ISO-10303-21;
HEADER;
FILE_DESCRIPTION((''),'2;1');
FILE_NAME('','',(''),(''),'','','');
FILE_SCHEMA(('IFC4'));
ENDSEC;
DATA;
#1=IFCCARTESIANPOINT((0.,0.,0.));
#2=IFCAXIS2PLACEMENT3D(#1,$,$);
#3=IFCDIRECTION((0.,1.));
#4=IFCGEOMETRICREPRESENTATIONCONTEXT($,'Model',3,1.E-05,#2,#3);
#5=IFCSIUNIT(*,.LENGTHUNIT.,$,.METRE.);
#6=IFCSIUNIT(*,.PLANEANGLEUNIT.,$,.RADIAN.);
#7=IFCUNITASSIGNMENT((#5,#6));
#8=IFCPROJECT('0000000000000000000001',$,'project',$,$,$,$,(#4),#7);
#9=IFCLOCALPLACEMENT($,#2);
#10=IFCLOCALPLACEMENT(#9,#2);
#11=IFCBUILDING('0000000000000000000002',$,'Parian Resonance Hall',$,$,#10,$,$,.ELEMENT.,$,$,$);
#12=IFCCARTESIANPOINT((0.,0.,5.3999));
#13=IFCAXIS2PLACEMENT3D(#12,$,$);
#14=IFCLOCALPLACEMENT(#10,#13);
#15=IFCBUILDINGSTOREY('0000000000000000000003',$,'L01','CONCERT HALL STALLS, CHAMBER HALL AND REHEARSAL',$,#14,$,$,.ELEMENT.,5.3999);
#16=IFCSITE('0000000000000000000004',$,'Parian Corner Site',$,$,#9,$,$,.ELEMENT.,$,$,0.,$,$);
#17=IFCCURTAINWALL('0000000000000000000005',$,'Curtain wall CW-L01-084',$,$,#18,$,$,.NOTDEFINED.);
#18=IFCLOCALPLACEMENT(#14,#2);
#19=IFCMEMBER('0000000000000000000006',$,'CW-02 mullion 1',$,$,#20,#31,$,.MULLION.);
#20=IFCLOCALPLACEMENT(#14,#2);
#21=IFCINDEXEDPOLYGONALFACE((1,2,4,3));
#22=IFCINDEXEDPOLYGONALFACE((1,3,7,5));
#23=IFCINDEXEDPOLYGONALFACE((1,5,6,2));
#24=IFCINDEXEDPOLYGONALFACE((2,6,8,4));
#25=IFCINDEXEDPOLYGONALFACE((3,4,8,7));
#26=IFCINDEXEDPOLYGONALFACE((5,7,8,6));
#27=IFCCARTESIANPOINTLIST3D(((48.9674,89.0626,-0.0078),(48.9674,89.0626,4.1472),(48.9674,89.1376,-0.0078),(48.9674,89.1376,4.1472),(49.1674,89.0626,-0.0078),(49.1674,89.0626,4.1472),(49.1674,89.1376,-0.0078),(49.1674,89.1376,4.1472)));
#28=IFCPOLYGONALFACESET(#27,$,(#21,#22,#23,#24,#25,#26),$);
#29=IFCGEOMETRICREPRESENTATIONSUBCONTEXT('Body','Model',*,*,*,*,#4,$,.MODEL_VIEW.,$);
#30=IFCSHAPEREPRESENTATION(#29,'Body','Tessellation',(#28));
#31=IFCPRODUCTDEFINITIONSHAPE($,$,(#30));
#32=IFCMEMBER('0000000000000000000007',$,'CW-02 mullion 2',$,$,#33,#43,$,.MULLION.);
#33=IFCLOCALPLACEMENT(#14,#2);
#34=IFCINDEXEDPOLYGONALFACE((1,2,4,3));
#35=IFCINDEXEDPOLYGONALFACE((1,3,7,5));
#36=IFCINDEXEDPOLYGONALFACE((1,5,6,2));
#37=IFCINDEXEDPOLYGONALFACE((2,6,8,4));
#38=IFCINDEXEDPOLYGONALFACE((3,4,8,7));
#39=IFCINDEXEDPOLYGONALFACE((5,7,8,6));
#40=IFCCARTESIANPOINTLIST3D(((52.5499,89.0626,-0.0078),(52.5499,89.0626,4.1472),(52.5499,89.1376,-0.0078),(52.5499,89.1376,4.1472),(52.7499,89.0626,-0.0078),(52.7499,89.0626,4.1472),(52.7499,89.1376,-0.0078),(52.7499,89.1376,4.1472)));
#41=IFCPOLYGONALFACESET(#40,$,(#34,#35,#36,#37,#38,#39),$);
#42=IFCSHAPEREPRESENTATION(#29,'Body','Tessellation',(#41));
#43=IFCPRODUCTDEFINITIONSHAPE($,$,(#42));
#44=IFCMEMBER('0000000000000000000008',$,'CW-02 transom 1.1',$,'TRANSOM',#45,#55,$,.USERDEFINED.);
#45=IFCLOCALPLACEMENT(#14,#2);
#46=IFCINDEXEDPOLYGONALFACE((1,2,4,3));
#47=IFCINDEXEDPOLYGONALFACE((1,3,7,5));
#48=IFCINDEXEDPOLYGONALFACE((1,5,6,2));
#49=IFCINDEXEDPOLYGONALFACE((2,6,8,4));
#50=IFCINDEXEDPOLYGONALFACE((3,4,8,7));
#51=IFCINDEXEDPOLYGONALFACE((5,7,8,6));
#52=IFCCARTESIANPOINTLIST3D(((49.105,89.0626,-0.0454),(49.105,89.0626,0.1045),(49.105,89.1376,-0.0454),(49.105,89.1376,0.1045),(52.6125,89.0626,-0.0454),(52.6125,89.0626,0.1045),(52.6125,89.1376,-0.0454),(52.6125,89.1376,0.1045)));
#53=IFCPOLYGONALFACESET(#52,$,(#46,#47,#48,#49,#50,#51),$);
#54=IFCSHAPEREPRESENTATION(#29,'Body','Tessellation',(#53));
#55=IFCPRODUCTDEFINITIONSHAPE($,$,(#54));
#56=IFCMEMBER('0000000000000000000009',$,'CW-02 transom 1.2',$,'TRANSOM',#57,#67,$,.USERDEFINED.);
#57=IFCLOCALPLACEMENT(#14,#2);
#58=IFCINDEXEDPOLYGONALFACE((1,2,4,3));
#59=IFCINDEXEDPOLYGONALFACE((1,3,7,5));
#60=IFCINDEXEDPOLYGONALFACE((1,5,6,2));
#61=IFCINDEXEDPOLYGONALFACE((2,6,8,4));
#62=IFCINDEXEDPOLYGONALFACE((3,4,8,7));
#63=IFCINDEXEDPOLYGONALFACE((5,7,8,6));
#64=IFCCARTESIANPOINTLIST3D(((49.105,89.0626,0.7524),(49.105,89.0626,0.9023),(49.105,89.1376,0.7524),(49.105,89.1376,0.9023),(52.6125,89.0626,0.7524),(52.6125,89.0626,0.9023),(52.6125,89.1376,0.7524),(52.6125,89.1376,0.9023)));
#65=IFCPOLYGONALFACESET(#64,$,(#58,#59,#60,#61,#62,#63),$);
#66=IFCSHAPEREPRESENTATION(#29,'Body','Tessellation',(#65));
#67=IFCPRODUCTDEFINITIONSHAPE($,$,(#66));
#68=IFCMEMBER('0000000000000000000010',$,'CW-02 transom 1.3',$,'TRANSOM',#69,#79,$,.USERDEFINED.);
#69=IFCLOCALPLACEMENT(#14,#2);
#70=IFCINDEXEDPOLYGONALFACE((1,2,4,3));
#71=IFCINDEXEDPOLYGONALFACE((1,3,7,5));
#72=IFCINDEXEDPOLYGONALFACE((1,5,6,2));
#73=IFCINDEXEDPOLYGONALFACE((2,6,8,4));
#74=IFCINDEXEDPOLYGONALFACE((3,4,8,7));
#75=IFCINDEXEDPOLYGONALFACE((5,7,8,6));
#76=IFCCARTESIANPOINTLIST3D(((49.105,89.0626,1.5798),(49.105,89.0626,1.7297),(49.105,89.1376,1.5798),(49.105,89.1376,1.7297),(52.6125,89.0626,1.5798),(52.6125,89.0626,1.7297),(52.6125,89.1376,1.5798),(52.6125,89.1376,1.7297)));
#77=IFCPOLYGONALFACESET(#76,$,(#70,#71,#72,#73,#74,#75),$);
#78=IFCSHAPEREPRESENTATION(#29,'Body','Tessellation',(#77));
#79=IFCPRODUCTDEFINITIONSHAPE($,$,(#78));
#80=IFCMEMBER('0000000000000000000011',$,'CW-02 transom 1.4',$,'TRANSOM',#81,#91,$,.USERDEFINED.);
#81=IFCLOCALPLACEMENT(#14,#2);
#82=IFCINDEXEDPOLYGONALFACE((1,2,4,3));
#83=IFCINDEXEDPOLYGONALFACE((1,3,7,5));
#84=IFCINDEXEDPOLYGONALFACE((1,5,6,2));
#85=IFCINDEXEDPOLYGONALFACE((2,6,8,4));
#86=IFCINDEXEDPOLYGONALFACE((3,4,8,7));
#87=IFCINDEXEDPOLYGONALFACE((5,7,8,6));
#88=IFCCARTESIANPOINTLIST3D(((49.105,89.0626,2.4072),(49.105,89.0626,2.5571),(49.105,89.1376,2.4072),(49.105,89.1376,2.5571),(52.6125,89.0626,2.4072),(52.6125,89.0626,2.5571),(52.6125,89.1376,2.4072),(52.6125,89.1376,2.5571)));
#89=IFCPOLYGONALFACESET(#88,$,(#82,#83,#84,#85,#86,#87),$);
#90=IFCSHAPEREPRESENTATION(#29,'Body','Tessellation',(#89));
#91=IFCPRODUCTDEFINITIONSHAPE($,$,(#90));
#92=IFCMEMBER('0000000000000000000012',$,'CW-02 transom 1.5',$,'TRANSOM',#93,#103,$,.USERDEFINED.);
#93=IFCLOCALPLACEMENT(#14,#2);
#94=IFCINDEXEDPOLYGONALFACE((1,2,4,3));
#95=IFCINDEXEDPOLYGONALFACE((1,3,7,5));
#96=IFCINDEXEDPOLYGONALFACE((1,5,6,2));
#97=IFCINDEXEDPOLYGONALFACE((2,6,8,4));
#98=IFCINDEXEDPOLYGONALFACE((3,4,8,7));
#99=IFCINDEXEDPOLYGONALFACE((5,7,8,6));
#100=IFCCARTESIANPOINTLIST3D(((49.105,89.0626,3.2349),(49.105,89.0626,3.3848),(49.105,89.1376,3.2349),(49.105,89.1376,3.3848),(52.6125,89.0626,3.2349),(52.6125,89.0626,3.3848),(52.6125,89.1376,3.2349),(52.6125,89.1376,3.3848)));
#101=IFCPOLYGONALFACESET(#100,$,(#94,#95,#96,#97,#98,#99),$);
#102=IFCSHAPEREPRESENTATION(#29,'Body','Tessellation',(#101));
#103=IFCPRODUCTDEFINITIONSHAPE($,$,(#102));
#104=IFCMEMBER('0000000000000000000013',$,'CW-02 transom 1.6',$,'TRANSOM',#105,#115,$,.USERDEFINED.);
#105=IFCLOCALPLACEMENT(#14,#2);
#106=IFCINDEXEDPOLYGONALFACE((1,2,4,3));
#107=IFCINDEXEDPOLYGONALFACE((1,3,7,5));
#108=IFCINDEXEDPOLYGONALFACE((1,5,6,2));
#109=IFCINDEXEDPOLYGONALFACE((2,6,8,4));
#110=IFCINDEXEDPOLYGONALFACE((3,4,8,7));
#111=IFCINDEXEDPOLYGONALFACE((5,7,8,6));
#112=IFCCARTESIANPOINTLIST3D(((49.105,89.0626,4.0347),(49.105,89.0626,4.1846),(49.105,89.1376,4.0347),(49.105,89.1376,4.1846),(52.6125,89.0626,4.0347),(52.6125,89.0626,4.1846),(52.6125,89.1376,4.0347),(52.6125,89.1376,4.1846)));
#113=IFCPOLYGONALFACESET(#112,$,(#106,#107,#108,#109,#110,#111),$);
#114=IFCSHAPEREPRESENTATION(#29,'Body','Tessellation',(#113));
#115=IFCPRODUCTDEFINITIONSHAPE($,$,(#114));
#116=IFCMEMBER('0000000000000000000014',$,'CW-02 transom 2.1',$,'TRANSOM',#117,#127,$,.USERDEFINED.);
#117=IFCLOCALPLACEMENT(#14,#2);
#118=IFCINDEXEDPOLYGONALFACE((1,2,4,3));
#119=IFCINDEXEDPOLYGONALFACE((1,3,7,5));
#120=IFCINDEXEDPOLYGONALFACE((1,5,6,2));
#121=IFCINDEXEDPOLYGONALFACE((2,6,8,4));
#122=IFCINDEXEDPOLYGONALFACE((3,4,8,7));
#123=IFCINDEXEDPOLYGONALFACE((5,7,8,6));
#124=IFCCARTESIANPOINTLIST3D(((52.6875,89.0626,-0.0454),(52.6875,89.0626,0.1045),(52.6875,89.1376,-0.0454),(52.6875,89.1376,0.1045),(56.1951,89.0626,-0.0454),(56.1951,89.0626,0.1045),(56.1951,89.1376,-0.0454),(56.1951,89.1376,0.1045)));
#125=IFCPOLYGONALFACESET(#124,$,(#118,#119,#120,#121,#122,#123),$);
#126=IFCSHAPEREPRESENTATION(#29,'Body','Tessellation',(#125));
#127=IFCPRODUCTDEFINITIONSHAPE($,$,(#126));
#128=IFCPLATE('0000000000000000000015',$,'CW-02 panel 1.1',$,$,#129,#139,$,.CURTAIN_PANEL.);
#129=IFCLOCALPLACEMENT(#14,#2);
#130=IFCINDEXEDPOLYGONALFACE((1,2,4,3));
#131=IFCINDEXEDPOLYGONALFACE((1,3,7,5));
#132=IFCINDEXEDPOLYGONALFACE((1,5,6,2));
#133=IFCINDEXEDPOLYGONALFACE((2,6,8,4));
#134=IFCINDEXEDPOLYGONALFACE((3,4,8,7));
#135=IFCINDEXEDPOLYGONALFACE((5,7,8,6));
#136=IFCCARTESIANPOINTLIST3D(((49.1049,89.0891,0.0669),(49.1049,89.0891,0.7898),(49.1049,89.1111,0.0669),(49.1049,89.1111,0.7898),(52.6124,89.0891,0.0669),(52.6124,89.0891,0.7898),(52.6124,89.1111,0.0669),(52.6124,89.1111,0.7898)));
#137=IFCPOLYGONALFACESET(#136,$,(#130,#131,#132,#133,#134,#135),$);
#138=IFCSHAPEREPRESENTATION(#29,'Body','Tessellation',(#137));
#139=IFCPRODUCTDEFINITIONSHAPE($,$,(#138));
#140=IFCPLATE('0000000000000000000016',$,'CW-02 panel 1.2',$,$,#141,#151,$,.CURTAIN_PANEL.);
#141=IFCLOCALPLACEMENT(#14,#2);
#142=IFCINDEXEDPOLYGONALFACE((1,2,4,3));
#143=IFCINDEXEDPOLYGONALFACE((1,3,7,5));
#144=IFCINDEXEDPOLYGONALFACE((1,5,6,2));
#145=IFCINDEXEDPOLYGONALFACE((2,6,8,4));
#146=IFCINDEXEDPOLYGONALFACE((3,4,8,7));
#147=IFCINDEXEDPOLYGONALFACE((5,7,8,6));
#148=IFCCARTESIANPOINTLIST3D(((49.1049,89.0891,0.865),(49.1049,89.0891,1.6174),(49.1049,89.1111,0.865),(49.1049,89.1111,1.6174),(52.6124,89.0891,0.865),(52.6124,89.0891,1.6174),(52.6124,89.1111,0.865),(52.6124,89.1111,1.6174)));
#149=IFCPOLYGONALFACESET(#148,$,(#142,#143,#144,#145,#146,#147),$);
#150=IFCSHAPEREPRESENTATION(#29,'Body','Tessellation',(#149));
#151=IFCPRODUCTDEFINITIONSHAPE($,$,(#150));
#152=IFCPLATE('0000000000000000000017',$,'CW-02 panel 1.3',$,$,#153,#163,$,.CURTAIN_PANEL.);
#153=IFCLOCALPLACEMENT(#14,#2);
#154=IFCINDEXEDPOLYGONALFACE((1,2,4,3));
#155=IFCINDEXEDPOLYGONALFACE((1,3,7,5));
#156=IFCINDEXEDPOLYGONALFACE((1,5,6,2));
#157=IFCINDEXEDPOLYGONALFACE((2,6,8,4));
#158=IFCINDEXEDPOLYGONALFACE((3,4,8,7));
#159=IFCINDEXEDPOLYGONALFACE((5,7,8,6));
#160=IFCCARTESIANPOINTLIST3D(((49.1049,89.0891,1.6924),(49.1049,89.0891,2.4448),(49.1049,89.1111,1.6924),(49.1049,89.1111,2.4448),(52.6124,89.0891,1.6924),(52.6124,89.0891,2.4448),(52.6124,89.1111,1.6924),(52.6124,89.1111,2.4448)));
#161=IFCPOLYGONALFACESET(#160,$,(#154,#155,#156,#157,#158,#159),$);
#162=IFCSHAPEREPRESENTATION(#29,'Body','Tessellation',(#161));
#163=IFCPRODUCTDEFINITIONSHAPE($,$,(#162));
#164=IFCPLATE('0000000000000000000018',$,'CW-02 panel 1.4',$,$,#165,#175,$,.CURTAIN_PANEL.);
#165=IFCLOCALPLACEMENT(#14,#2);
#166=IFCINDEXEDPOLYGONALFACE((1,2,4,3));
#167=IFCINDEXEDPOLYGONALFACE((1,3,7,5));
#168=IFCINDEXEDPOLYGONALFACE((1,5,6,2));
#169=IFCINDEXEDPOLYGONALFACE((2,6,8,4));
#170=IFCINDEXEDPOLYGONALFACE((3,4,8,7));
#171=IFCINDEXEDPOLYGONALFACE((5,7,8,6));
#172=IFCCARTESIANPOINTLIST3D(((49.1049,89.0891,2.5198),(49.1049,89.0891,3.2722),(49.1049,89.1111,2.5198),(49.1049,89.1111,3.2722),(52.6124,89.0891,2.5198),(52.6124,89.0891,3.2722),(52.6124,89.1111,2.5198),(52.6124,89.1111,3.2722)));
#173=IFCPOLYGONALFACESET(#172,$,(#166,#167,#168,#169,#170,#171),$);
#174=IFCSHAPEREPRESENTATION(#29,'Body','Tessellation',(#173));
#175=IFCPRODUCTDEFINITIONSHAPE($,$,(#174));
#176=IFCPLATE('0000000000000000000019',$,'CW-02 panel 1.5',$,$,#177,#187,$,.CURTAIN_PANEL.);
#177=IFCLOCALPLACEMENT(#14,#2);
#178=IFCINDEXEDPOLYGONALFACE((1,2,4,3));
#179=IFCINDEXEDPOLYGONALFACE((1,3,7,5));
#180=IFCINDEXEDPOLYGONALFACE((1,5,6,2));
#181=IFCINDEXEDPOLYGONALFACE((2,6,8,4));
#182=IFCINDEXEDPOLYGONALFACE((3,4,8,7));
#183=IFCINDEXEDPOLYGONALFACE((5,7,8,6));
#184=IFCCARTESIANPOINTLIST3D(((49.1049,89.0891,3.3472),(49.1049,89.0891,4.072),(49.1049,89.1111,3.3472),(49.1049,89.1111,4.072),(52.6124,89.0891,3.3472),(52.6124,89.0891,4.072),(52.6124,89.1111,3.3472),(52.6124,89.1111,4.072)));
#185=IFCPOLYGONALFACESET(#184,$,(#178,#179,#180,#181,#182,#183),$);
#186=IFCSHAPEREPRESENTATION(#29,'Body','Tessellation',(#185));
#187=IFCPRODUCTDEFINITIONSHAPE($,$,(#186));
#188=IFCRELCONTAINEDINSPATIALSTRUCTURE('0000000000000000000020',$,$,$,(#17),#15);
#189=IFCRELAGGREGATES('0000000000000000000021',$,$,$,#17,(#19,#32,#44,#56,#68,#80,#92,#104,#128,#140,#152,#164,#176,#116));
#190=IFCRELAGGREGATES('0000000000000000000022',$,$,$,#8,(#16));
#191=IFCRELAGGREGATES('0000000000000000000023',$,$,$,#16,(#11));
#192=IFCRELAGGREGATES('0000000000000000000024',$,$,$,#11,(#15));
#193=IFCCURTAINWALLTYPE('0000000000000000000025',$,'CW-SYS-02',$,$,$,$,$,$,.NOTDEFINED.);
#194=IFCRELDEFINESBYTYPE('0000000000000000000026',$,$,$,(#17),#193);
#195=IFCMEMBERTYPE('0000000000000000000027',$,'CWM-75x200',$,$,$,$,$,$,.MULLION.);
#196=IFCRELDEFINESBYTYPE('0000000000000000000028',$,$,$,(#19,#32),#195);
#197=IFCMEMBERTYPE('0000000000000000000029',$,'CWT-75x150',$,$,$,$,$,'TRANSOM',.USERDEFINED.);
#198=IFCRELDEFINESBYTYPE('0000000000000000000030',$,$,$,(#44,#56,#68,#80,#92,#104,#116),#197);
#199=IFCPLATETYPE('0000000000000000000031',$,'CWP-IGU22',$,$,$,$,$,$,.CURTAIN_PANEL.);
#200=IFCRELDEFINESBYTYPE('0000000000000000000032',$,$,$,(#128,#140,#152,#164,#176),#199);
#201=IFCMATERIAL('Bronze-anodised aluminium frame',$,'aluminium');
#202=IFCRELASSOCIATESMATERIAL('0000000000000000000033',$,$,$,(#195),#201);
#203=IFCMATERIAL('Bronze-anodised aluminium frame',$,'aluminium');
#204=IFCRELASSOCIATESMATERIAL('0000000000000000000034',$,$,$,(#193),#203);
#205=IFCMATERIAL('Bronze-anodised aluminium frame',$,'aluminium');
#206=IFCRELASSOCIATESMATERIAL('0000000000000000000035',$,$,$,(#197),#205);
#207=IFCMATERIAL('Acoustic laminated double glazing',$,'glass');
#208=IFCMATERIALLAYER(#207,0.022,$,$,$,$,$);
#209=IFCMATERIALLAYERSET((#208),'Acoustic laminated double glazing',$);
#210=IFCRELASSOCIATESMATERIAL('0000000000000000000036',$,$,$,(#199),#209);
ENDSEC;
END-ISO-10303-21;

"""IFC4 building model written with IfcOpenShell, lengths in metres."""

from ifc_helpers import new_model, si_unit, direction, frame, origin, origin_2d, place, context, subcontext, project, spatial, rectangle, extrude, material, layer, layer_set, material_profile, profile_set, type_object, element, aggregate, save


model = new_model("IFC4")

# Units and contexts
model_context = context("Model", 3, precision=1e-05, world=origin(), true_north=direction((0.0, 1.0)))
body_context = subcontext(model_context, "Body", "Model", "MODEL_VIEW")
ifc_project = project(units=[si_unit("LENGTHUNIT", "METRE"), si_unit("PLANEANGLEUNIT", "RADIAN")], contexts=[model_context])

# Site, building, storey
site_placement = place(None, origin())
site = spatial("IfcSite", under=ifc_project, at=site_placement, Name="Parian Corner Site", CompositionType="ELEMENT", RefElevation=0.0)
building_placement = place(site_placement, origin())
building = spatial("IfcBuilding", under=site, at=building_placement, Name="Parian Resonance Hall", CompositionType="ELEMENT")
storey_placement = place(building_placement, frame((0.0, 0.0, 5.3999)))
storey = spatial("IfcBuildingStorey", under=building, at=storey_placement, Name="L01", Description="CONCERT HALL STALLS, CHAMBER HALL AND REHEARSAL", CompositionType="ELEMENT", Elevation=5.3999)

# Shared definitions
ifc_material_1 = material(Name="Bronze-anodised aluminium frame", Category="aluminium")
ifc_material_profile_1 = material_profile(ifc_material_1, rectangle(XDim=0.075, YDim=0.2, at=origin_2d()), Name="CWM-75x200")
ifc_profile_set_1 = profile_set([ifc_material_profile_1], Name="Bronze-anodised aluminium frame")
member_type_1 = type_object("IfcMemberType", Name="CWM-75x200", PredefinedType="MULLION", material=ifc_profile_set_1)

# Curtain wall, members, plates
ifc_material_2 = material(Name="Bronze-anodised aluminium frame", Category="aluminium")
curtain_wall_type_1 = type_object("IfcCurtainWallType", Name="CW-SYS-02", PredefinedType="NOTDEFINED", material=ifc_material_2)
curtain_wall_1_placement = place(storey_placement, origin())
curtain_wall_1 = element("IfcCurtainWall", 1, at=curtain_wall_1_placement, inside=storey, type_object=curtain_wall_type_1, Name="Curtain wall CW-L01-084", PredefinedType="NOTDEFINED")
member_1_placement = place(storey_placement, frame((49.0674, 89.1001, -0.0078), z_axis=(0.0, 0.0, 1.0), x_axis=(0.0, 1.0, 0.0)))
member_1 = element("IfcMember", 2, at=member_1_placement, type_object=member_type_1, Name="CW-02 mullion 1", PredefinedType="MULLION", context=body_context, shape_type="SweptSolid", body=[
    extrude(rectangle(XDim=0.075, YDim=0.2, at=origin_2d()), origin(), (0.0, 0.0, 1.0), 4.155),
])
member_2_placement = place(storey_placement, frame((52.6499, 89.1001, -0.0078), z_axis=(0.0, 0.0, 1.0), x_axis=(0.0, 1.0, 0.0)))
member_2 = element("IfcMember", 3, at=member_2_placement, type_object=member_type_1, Name="CW-02 mullion 2", PredefinedType="MULLION", context=body_context, shape_type="SweptSolid", body=[
    extrude(rectangle(XDim=0.075, YDim=0.2, at=origin_2d()), origin(), (0.0, 0.0, 1.0), 4.155),
])
ifc_material_3 = material(Name="Bronze-anodised aluminium frame", Category="aluminium")
ifc_material_profile_2 = material_profile(ifc_material_3, rectangle(XDim=0.075, YDim=0.1499, at=origin_2d()), Name="CWT-75x150")
ifc_profile_set_2 = profile_set([ifc_material_profile_2], Name="Bronze-anodised aluminium frame")
member_type_2 = type_object("IfcMemberType", Name="CWT-75x150", ElementType="TRANSOM", PredefinedType="USERDEFINED", material=ifc_profile_set_2)
member_3_placement = place(storey_placement, frame((49.105, 89.1001, 0.0295), z_axis=(1.0, 0.0, 0.0), x_axis=(0.0, 1.0, 0.0)))
member_3 = element("IfcMember", 4, at=member_3_placement, type_object=member_type_2, Name="CW-02 transom 1.1", ObjectType="TRANSOM", PredefinedType="USERDEFINED", context=body_context, shape_type="SweptSolid", body=[
    extrude(rectangle(XDim=0.075, YDim=0.1499, at=origin_2d()), origin(), (0.0, 0.0, 1.0), 3.5076),
])
member_4_placement = place(storey_placement, frame((49.105, 89.1001, 0.8274), z_axis=(1.0, 0.0, 0.0), x_axis=(0.0, 1.0, 0.0)))
member_4 = element("IfcMember", 5, at=member_4_placement, type_object=member_type_2, Name="CW-02 transom 1.2", ObjectType="TRANSOM", PredefinedType="USERDEFINED", context=body_context, shape_type="SweptSolid", body=[
    extrude(rectangle(XDim=0.075, YDim=0.1499, at=origin_2d()), origin(), (0.0, 0.0, 1.0), 3.5076),
])
member_5_placement = place(storey_placement, frame((49.105, 89.1001, 1.6548), z_axis=(1.0, 0.0, 0.0), x_axis=(0.0, 1.0, 0.0)))
member_5 = element("IfcMember", 6, at=member_5_placement, type_object=member_type_2, Name="CW-02 transom 1.3", ObjectType="TRANSOM", PredefinedType="USERDEFINED", context=body_context, shape_type="SweptSolid", body=[
    extrude(rectangle(XDim=0.075, YDim=0.1499, at=origin_2d()), origin(), (0.0, 0.0, 1.0), 3.5076),
])
member_6_placement = place(storey_placement, frame((49.105, 89.1001, 2.4822), z_axis=(1.0, 0.0, 0.0), x_axis=(0.0, 1.0, 0.0)))
member_6 = element("IfcMember", 7, at=member_6_placement, type_object=member_type_2, Name="CW-02 transom 1.4", ObjectType="TRANSOM", PredefinedType="USERDEFINED", context=body_context, shape_type="SweptSolid", body=[
    extrude(rectangle(XDim=0.075, YDim=0.1499, at=origin_2d()), origin(), (0.0, 0.0, 1.0), 3.5076),
])
member_7_placement = place(storey_placement, frame((49.105, 89.1001, 3.3098), z_axis=(1.0, 0.0, 0.0), x_axis=(0.0, 1.0, 0.0)))
member_7 = element("IfcMember", 8, at=member_7_placement, type_object=member_type_2, Name="CW-02 transom 1.5", ObjectType="TRANSOM", PredefinedType="USERDEFINED", context=body_context, shape_type="SweptSolid", body=[
    extrude(rectangle(XDim=0.075, YDim=0.1499, at=origin_2d()), origin(), (0.0, 0.0, 1.0), 3.5076),
])
member_8_placement = place(storey_placement, frame((49.105, 89.1001, 4.1096), z_axis=(1.0, 0.0, 0.0), x_axis=(0.0, 1.0, 0.0)))
member_8 = element("IfcMember", 9, at=member_8_placement, type_object=member_type_2, Name="CW-02 transom 1.6", ObjectType="TRANSOM", PredefinedType="USERDEFINED", context=body_context, shape_type="SweptSolid", body=[
    extrude(rectangle(XDim=0.075, YDim=0.1499, at=origin_2d()), origin(), (0.0, 0.0, 1.0), 3.5076),
])
member_9_placement = place(storey_placement, frame((52.6875, 89.1001, 0.0295), z_axis=(1.0, 0.0, 0.0), x_axis=(0.0, 1.0, 0.0)))
member_9 = element("IfcMember", 10, at=member_9_placement, type_object=member_type_2, Name="CW-02 transom 2.1", ObjectType="TRANSOM", PredefinedType="USERDEFINED", context=body_context, shape_type="SweptSolid", body=[
    extrude(rectangle(XDim=0.075, YDim=0.1499, at=origin_2d()), origin(), (0.0, 0.0, 1.0), 3.5076),
])
ifc_material_4 = material(Name="Acoustic laminated double glazing", Category="glass")
ifc_layer_1 = layer(ifc_material_4, 0.022)
ifc_layer_set_1 = layer_set([ifc_layer_1], Name="Acoustic laminated double glazing")
plate_type_1 = type_object("IfcPlateType", Name="CWP-IGU22", PredefinedType="CURTAIN_PANEL", material=ifc_layer_set_1)
plate_1_placement = place(storey_placement, frame((50.8586, 89.1001, 0.0669), z_axis=(0.0, 0.0, 1.0), x_axis=(1.0, 0.0, 0.0)))
plate_1 = element("IfcPlate", 11, at=plate_1_placement, type_object=plate_type_1, Name="CW-02 panel 1.1", PredefinedType="CURTAIN_PANEL", context=body_context, shape_type="SweptSolid", body=[
    extrude(rectangle(XDim=3.5076, YDim=0.022, at=origin_2d()), origin(), (0.0, 0.0, 1.0), 0.7229),
])
plate_2_placement = place(storey_placement, frame((50.8586, 89.1001, 0.865), z_axis=(0.0, 0.0, 1.0), x_axis=(1.0, 0.0, 0.0)))
plate_2 = element("IfcPlate", 12, at=plate_2_placement, type_object=plate_type_1, Name="CW-02 panel 1.2", PredefinedType="CURTAIN_PANEL", context=body_context, shape_type="SweptSolid", body=[
    extrude(rectangle(XDim=3.5076, YDim=0.022, at=origin_2d()), origin(), (0.0, 0.0, 1.0), 0.7524),
])
plate_3_placement = place(storey_placement, frame((50.8586, 89.1001, 1.6924), z_axis=(0.0, 0.0, 1.0), x_axis=(1.0, 0.0, 0.0)))
plate_3 = element("IfcPlate", 13, at=plate_3_placement, type_object=plate_type_1, Name="CW-02 panel 1.3", PredefinedType="CURTAIN_PANEL", context=body_context, shape_type="SweptSolid", body=[
    extrude(rectangle(XDim=3.5076, YDim=0.022, at=origin_2d()), origin(), (0.0, 0.0, 1.0), 0.7524),
])
plate_4_placement = place(storey_placement, frame((50.8586, 89.1001, 2.5198), z_axis=(0.0, 0.0, 1.0), x_axis=(1.0, 0.0, 0.0)))
plate_4 = element("IfcPlate", 14, at=plate_4_placement, type_object=plate_type_1, Name="CW-02 panel 1.4", PredefinedType="CURTAIN_PANEL", context=body_context, shape_type="SweptSolid", body=[
    extrude(rectangle(XDim=3.5076, YDim=0.022, at=origin_2d()), origin(), (0.0, 0.0, 1.0), 0.7524),
])
plate_5_placement = place(storey_placement, frame((50.8586, 89.1001, 3.3472), z_axis=(0.0, 0.0, 1.0), x_axis=(1.0, 0.0, 0.0)))
plate_5 = element("IfcPlate", 15, at=plate_5_placement, type_object=plate_type_1, Name="CW-02 panel 1.5", PredefinedType="CURTAIN_PANEL", context=body_context, shape_type="SweptSolid", body=[
    extrude(rectangle(XDim=3.5076, YDim=0.022, at=origin_2d()), origin(), (0.0, 0.0, 1.0), 0.7249),
])
aggregate(curtain_wall_1, [member_1, member_2, member_3, member_4, member_5, member_6, member_7, member_8, plate_1, plate_2, plate_3, plate_4, plate_5, member_9])

save(model, "model.ifc")
